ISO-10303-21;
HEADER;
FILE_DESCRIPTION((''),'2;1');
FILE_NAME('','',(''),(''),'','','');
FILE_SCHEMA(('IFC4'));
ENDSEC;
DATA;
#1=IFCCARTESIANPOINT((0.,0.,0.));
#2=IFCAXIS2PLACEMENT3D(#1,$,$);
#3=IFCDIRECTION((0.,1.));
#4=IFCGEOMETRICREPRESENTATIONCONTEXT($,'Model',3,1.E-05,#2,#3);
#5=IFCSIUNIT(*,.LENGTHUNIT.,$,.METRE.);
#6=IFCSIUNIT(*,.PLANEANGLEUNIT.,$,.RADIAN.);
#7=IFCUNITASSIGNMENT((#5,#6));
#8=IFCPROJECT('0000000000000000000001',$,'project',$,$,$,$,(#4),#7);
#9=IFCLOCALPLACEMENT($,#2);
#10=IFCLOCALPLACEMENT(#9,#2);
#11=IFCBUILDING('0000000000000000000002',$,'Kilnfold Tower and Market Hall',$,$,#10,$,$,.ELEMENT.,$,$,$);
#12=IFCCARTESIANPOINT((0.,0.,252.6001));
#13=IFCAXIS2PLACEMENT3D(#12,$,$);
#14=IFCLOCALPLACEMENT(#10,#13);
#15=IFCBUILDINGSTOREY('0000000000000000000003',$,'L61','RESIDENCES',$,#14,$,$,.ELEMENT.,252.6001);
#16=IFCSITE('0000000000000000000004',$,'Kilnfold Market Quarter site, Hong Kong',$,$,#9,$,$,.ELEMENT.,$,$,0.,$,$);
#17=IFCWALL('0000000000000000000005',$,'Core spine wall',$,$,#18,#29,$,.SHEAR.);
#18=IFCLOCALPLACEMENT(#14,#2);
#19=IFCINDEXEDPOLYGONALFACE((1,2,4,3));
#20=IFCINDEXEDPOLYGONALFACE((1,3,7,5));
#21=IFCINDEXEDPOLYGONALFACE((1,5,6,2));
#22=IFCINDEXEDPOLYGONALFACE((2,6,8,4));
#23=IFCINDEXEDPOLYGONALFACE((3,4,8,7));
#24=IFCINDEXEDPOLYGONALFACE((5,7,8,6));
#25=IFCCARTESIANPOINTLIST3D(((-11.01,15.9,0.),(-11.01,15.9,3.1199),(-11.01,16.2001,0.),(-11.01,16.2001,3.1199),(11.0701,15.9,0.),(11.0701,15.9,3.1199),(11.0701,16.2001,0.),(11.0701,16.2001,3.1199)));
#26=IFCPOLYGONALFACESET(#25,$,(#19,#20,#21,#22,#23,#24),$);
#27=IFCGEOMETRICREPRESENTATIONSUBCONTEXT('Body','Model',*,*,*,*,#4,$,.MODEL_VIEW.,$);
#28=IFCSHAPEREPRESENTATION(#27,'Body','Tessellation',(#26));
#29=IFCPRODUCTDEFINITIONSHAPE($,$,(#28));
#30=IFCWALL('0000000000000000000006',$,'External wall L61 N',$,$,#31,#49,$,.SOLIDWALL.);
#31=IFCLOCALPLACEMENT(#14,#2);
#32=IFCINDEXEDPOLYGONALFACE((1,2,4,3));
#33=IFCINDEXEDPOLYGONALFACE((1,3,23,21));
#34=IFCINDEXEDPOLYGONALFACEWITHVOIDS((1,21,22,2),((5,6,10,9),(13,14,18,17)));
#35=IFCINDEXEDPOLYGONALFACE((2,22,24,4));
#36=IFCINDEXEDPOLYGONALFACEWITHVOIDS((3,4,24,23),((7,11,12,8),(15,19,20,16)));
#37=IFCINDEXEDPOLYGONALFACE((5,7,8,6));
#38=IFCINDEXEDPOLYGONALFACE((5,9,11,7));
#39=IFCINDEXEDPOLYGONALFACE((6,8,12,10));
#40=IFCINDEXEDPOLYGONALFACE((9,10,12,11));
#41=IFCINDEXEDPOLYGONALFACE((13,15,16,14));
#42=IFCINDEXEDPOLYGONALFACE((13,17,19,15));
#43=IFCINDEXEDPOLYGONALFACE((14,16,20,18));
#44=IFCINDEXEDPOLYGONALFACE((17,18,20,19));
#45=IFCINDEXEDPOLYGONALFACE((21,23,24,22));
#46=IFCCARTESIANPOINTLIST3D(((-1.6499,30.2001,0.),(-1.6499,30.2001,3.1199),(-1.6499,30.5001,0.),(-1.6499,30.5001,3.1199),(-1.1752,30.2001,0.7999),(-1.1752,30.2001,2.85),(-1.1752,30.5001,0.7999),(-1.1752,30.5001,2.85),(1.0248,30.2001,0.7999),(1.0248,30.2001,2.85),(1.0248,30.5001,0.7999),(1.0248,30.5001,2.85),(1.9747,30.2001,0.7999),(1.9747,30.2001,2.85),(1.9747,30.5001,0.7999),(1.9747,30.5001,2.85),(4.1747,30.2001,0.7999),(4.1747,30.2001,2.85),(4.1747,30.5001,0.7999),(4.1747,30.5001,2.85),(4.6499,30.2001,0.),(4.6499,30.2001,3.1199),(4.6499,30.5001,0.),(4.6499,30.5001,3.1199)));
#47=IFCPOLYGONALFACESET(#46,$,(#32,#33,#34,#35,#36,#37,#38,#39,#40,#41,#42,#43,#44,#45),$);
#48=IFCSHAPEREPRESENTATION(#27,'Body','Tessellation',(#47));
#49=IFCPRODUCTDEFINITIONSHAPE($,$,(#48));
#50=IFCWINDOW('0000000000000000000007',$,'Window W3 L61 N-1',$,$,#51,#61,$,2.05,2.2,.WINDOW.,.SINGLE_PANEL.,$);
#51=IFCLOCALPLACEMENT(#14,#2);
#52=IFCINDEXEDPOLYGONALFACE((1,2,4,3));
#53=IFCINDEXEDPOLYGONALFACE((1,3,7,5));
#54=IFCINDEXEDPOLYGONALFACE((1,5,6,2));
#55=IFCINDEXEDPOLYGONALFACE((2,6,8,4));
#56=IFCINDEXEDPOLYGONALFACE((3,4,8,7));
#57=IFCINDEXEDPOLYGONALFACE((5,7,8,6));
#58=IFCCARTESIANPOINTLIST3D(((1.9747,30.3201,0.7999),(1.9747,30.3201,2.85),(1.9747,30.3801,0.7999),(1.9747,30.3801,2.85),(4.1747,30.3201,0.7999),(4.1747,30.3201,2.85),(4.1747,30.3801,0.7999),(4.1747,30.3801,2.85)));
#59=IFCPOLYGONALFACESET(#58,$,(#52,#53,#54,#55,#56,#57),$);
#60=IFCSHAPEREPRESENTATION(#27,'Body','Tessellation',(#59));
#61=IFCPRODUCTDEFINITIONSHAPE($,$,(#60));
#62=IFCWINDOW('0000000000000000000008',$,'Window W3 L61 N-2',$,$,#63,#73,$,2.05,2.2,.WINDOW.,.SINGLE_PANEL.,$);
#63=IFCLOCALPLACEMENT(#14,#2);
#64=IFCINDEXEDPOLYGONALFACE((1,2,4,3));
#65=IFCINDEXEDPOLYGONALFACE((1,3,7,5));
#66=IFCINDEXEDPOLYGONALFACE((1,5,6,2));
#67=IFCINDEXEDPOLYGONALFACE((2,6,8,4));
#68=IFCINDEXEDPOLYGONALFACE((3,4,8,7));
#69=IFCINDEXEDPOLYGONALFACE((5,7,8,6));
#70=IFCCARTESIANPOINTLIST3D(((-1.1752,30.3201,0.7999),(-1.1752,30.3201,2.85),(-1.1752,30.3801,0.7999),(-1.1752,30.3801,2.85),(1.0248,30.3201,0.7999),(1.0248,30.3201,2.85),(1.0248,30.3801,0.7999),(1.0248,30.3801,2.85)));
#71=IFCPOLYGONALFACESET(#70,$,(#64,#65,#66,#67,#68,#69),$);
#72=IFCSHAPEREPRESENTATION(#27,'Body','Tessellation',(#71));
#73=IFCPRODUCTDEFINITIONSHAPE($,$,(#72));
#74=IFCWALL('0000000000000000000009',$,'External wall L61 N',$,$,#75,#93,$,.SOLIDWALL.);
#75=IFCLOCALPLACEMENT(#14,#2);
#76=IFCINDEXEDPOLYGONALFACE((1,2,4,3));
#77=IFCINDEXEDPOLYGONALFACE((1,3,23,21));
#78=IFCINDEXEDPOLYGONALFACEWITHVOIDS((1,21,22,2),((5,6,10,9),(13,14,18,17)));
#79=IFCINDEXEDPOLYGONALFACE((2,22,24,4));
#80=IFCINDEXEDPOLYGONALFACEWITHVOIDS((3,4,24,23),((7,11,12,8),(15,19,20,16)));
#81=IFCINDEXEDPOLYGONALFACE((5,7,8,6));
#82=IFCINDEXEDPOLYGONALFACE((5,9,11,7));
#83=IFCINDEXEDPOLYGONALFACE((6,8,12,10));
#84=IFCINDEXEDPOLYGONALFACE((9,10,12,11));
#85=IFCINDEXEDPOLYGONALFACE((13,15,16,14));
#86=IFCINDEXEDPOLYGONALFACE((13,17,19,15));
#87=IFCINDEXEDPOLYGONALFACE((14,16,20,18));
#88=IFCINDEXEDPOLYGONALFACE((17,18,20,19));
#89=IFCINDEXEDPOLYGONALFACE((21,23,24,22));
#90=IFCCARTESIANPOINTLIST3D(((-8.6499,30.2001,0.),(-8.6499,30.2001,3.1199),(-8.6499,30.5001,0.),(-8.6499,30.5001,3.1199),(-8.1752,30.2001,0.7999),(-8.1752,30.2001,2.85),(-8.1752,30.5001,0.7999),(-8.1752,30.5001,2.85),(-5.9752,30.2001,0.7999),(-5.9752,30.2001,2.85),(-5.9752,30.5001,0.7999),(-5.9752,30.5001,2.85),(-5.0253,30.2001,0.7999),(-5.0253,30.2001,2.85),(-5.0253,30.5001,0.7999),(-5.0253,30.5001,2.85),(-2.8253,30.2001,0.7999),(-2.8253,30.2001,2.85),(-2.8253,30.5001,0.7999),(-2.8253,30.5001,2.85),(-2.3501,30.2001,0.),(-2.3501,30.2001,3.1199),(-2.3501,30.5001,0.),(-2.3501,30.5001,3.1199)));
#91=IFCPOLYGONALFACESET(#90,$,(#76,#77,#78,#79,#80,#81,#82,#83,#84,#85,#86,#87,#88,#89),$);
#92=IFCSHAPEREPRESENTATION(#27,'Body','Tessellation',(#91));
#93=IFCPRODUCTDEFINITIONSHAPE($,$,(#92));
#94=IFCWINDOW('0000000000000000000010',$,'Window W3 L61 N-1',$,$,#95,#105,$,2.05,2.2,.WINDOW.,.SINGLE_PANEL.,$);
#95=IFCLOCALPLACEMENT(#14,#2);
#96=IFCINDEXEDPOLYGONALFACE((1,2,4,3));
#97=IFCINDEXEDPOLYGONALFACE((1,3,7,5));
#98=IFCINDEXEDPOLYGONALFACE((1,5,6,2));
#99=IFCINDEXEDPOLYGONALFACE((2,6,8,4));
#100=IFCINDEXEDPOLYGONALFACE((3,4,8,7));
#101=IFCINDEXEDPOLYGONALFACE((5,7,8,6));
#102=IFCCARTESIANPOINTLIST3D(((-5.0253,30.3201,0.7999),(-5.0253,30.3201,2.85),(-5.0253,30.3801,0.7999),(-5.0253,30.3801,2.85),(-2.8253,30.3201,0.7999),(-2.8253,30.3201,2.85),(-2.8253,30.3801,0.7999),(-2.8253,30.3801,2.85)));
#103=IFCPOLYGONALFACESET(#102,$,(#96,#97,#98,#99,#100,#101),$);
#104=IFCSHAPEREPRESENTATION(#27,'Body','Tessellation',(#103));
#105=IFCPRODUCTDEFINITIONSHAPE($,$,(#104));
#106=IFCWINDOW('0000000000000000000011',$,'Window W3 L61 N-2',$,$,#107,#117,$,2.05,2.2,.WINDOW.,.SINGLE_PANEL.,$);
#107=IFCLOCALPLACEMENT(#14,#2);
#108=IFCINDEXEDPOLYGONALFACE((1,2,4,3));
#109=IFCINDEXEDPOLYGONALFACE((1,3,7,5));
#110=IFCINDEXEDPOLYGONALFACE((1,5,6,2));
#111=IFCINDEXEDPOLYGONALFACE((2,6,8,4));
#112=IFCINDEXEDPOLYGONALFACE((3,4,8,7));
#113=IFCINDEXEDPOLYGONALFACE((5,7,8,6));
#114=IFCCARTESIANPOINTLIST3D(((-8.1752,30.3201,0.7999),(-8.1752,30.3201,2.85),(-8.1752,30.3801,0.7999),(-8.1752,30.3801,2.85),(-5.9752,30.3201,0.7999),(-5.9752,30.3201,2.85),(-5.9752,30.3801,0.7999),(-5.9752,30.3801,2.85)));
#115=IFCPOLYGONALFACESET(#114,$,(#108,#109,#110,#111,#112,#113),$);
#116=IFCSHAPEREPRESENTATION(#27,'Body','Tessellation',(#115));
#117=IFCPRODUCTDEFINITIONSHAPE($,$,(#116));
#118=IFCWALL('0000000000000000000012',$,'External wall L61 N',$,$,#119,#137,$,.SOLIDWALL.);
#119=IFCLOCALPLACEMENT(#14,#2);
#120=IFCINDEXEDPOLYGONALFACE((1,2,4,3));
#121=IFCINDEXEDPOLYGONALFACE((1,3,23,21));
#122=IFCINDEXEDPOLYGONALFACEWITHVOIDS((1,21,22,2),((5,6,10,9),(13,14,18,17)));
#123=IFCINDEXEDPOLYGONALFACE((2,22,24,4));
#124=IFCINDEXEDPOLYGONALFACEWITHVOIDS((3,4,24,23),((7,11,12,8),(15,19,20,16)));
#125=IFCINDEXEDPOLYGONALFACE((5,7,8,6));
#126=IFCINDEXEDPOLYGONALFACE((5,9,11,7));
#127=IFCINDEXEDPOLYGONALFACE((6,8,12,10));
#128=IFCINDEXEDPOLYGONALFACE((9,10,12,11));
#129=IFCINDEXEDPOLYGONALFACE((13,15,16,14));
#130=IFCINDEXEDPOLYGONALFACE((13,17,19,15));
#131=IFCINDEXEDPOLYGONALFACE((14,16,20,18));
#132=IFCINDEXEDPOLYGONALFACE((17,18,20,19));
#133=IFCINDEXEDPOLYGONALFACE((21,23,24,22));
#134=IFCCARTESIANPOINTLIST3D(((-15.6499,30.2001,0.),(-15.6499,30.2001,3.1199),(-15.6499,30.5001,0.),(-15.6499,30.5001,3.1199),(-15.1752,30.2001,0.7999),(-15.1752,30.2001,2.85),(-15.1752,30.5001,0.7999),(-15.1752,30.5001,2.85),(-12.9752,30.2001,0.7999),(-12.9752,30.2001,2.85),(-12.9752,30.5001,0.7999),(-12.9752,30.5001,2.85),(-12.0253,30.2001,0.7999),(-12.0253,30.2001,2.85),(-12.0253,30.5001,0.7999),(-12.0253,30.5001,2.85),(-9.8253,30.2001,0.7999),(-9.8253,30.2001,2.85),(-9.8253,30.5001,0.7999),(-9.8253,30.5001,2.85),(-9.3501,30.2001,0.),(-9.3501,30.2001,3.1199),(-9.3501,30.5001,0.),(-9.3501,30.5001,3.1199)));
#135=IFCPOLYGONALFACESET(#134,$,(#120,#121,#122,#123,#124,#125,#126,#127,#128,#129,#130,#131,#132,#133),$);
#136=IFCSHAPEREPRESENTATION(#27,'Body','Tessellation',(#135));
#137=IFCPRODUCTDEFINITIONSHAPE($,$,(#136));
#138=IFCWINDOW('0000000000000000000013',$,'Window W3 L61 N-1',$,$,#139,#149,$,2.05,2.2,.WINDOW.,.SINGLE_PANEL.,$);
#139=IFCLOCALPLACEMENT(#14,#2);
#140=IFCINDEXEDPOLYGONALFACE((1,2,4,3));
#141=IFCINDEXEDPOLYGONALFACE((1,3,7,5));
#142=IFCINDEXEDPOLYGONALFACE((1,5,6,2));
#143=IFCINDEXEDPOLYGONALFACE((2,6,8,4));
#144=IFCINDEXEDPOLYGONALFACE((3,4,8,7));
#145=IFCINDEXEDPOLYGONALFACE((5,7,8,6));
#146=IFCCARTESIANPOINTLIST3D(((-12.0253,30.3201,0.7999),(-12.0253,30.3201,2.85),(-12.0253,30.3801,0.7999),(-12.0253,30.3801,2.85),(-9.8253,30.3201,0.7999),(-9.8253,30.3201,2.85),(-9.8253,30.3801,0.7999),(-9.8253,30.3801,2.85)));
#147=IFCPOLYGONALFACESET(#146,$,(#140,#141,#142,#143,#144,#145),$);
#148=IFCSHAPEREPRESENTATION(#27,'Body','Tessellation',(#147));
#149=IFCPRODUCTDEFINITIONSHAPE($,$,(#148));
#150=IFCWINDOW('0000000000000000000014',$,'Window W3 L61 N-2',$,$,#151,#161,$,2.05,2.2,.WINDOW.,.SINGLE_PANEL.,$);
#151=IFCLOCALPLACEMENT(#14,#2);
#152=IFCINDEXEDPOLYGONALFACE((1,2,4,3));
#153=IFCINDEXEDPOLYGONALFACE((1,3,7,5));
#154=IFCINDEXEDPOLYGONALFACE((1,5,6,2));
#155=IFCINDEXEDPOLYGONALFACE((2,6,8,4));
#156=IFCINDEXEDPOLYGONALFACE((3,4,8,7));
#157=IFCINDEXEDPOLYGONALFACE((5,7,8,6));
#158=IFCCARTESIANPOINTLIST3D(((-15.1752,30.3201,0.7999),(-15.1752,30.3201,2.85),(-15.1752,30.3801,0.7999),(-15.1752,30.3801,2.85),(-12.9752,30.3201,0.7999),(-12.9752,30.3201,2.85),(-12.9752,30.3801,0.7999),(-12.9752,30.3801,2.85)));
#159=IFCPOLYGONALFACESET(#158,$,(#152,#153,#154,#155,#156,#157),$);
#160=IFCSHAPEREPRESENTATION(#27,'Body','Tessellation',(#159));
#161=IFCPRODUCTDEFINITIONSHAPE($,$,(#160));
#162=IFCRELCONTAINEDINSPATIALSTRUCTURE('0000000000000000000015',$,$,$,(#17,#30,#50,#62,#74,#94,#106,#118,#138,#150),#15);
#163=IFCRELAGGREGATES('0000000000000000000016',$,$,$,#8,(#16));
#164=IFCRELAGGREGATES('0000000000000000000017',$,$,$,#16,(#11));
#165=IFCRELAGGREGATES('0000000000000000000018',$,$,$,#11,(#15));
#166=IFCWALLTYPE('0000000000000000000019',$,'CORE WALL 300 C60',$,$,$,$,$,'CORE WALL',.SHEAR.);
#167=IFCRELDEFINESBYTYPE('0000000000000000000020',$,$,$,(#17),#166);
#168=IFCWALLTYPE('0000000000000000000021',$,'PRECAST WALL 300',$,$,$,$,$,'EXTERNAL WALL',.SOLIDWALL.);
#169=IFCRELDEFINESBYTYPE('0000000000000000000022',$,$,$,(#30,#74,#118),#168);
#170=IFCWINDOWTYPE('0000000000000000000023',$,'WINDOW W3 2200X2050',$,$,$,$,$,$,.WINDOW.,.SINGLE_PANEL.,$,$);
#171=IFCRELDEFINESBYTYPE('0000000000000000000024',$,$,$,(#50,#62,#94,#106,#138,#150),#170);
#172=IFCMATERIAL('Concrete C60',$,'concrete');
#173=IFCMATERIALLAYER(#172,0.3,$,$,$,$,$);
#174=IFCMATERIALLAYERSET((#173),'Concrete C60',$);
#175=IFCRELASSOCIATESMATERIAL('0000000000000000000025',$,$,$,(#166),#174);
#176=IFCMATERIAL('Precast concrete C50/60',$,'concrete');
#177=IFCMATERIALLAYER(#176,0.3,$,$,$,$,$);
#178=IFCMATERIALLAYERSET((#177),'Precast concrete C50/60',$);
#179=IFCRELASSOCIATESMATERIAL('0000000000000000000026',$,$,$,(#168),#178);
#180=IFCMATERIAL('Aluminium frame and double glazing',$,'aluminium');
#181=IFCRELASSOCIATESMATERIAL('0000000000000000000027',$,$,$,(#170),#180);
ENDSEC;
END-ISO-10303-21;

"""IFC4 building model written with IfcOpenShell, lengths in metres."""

from ifc_helpers import new_model, si_unit, direction, frame, frame_2d, origin, place, context, subcontext, project, spatial, rectangle, extrude, source, transform, mapped, material, layer, layer_set, type_object, element, fill, save


model = new_model("IFC4")

# Units and contexts
model_context = context("Model", 3, precision=1e-05, world=origin(), true_north=direction((0.0, 1.0)))
body_context = subcontext(model_context, "Body", "Model", "MODEL_VIEW")
ifc_project = project(units=[si_unit("LENGTHUNIT", "METRE"), si_unit("PLANEANGLEUNIT", "RADIAN")], contexts=[model_context])

# Site, building, storey
site_placement = place(None, origin())
site = spatial("IfcSite", under=ifc_project, at=site_placement, Name="Kilnfold Market Quarter site, Hong Kong", CompositionType="ELEMENT", RefElevation=0.0)
building_placement = place(site_placement, origin())
building = spatial("IfcBuilding", under=site, at=building_placement, Name="Kilnfold Tower and Market Hall", CompositionType="ELEMENT")
storey_placement = place(building_placement, frame((0.0, 0.0, 252.6001)))
storey = spatial("IfcBuildingStorey", under=building, at=storey_placement, Name="L61", Description="RESIDENCES", CompositionType="ELEMENT", Elevation=252.6001)

# Wall
ifc_material_1 = material(Name="Concrete C60", Category="concrete")
ifc_layer_1 = layer(ifc_material_1, 0.3)
ifc_layer_set_1 = layer_set([ifc_layer_1], Name="Concrete C60")
wall_type_1 = type_object("IfcWallType", Name="CORE WALL 300 C60", ElementType="CORE WALL", PredefinedType="SHEAR", material=ifc_layer_set_1)
shared_shape_1 = source(origin(), body_context, "Body", "SweptSolid", [
    extrude(rectangle(XDim=22.0801, YDim=0.3, at=frame_2d((11.04, 0.0))), origin(), (0.0, 0.0, 1.0), 3.1199),
])
wall_1_placement = place(storey_placement, frame((-11.01, 16.05, 0.0), z_axis=(0.0, 0.0, 1.0), x_axis=(1.0, 0.0, 0.0)))
element("IfcWall", 1, at=wall_1_placement, inside=storey, type_object=wall_type_1, Name="Core spine wall", PredefinedType="SHEAR", context=body_context, shape_type="MappedRepresentation", body=[
    mapped(shared_shape_1, transform((0.0, 0.0, 0.0))),
])

# Walls, openings, windows
ifc_material_2 = material(Name="Precast concrete C50/60", Category="concrete")
ifc_layer_2 = layer(ifc_material_2, 0.3)
ifc_layer_set_2 = layer_set([ifc_layer_2], Name="Precast concrete C50/60")
wall_type_2 = type_object("IfcWallType", Name="PRECAST WALL 300", ElementType="EXTERNAL WALL", PredefinedType="SOLIDWALL", material=ifc_layer_set_2)
shared_shape_2 = source(origin(), body_context, "Body", "SweptSolid", [
    extrude(rectangle(XDim=6.2998, YDim=0.3, at=frame_2d((3.1499, 0.0))), origin(), (0.0, 0.0, 1.0), 3.1199),
])
wall_2_placement = place(storey_placement, frame((4.6499, 30.3501, 0.0), z_axis=(0.0, 0.0, 1.0), x_axis=(-1.0, 0.0, 0.0)))
wall_2 = element("IfcWall", 2, at=wall_2_placement, inside=storey, type_object=wall_type_2, Name="External wall L61 N", PredefinedType="SOLIDWALL", context=body_context, shape_type="MappedRepresentation", body=[
    mapped(shared_shape_2, transform((0.0, 0.0, 0.0))),
])
opening_1_placement = place(wall_2_placement, frame((0.4751, 0.0, 0.8)))
opening_1 = element("IfcOpeningElement", 3, at=opening_1_placement, cuts=wall_2, PredefinedType="OPENING", context=body_context, shape_type="SweptSolid", body=[
    extrude(rectangle(XDim=2.2, YDim=2.05, at=frame_2d((1.1001, 1.0249))), frame((0.0, 0.1602, 0.0), z_axis=(0.0, -1.0, 0.0), x_axis=(1.0, 0.0, 0.0)), (0.0, 0.0, 1.0), 0.3201),
])
opening_2_placement = place(wall_2_placement, frame((3.625, 0.0, 0.8)))
opening_2 = element("IfcOpeningElement", 4, at=opening_2_placement, cuts=wall_2, PredefinedType="OPENING", context=body_context, shape_type="SweptSolid", body=[
    extrude(rectangle(XDim=2.2, YDim=2.05, at=frame_2d((1.1001, 1.0249))), frame((0.0, 0.1602, 0.0), z_axis=(0.0, -1.0, 0.0), x_axis=(1.0, 0.0, 0.0)), (0.0, 0.0, 1.0), 0.3201),
])
ifc_material_3 = material(Name="Aluminium frame and double glazing", Category="aluminium")
window_type = type_object("IfcWindowType", Name="WINDOW W3 2200X2050", PartitioningType="SINGLE_PANEL", PredefinedType="WINDOW", material=ifc_material_3)
window_1_placement = place(opening_1_placement, origin())
window_1 = element("IfcWindow", 5, at=window_1_placement, inside=storey, type_object=window_type, Name="Window W3 L61 N-1", OverallHeight=2.05, OverallWidth=2.2, PartitioningType="SINGLE_PANEL", PredefinedType="WINDOW", context=body_context, shape_type="SweptSolid", body=[
    extrude(rectangle(XDim=2.2, YDim=2.05, at=frame_2d((1.1001, 1.0249))), frame((0.0, 0.03, 0.0), z_axis=(0.0, -1.0, 0.0), x_axis=(1.0, 0.0, 0.0)), (0.0, 0.0, 1.0), 0.0601),
])
fill(opening_1, window_1)
window_2_placement = place(opening_2_placement, origin())
window_2 = element("IfcWindow", 6, at=window_2_placement, inside=storey, type_object=window_type, Name="Window W3 L61 N-2", OverallHeight=2.05, OverallWidth=2.2, PartitioningType="SINGLE_PANEL", PredefinedType="WINDOW", context=body_context, shape_type="SweptSolid", body=[
    extrude(rectangle(XDim=2.2, YDim=2.05, at=frame_2d((1.1001, 1.0249))), frame((0.0, 0.03, 0.0), z_axis=(0.0, -1.0, 0.0), x_axis=(1.0, 0.0, 0.0)), (0.0, 0.0, 1.0), 0.0601),
])
fill(opening_2, window_2)
wall_3_placement = place(storey_placement, frame((-2.3501, 30.3501, 0.0), z_axis=(0.0, 0.0, 1.0), x_axis=(-1.0, 0.0, 0.0)))
wall_3 = element("IfcWall", 7, at=wall_3_placement, inside=storey, type_object=wall_type_2, Name="External wall L61 N", PredefinedType="SOLIDWALL", context=body_context, shape_type="MappedRepresentation", body=[
    mapped(shared_shape_2, transform((0.0, 0.0, 0.0))),
])
opening_3_placement = place(wall_3_placement, frame((0.4751, 0.0, 0.8)))
opening_3 = element("IfcOpeningElement", 8, at=opening_3_placement, cuts=wall_3, PredefinedType="OPENING", context=body_context, shape_type="SweptSolid", body=[
    extrude(rectangle(XDim=2.2, YDim=2.05, at=frame_2d((1.1001, 1.0249))), frame((0.0, 0.1602, 0.0), z_axis=(0.0, -1.0, 0.0), x_axis=(1.0, 0.0, 0.0)), (0.0, 0.0, 1.0), 0.3201),
])
opening_4_placement = place(wall_3_placement, frame((3.625, 0.0, 0.8)))
opening_4 = element("IfcOpeningElement", 9, at=opening_4_placement, cuts=wall_3, PredefinedType="OPENING", context=body_context, shape_type="SweptSolid", body=[
    extrude(rectangle(XDim=2.2, YDim=2.05, at=frame_2d((1.1001, 1.0249))), frame((0.0, 0.1602, 0.0), z_axis=(0.0, -1.0, 0.0), x_axis=(1.0, 0.0, 0.0)), (0.0, 0.0, 1.0), 0.3201),
])
window_3_placement = place(opening_3_placement, origin())
window_3 = element("IfcWindow", 10, at=window_3_placement, inside=storey, type_object=window_type, Name="Window W3 L61 N-1", OverallHeight=2.05, OverallWidth=2.2, PartitioningType="SINGLE_PANEL", PredefinedType="WINDOW", context=body_context, shape_type="SweptSolid", body=[
    extrude(rectangle(XDim=2.2, YDim=2.05, at=frame_2d((1.1001, 1.0249))), frame((0.0, 0.03, 0.0), z_axis=(0.0, -1.0, 0.0), x_axis=(1.0, 0.0, 0.0)), (0.0, 0.0, 1.0), 0.0601),
])
fill(opening_3, window_3)
window_4_placement = place(opening_4_placement, origin())
window_4 = element("IfcWindow", 11, at=window_4_placement, inside=storey, type_object=window_type, Name="Window W3 L61 N-2", OverallHeight=2.05, OverallWidth=2.2, PartitioningType="SINGLE_PANEL", PredefinedType="WINDOW", context=body_context, shape_type="SweptSolid", body=[
    extrude(rectangle(XDim=2.2, YDim=2.05, at=frame_2d((1.1001, 1.0249))), frame((0.0, 0.03, 0.0), z_axis=(0.0, -1.0, 0.0), x_axis=(1.0, 0.0, 0.0)), (0.0, 0.0, 1.0), 0.0601),
])
fill(opening_4, window_4)
wall_4_placement = place(storey_placement, frame((-9.3501, 30.3501, 0.0), z_axis=(0.0, 0.0, 1.0), x_axis=(-1.0, 0.0, 0.0)))
wall_4 = element("IfcWall", 12, at=wall_4_placement, inside=storey, type_object=wall_type_2, Name="External wall L61 N", PredefinedType="SOLIDWALL", context=body_context, shape_type="MappedRepresentation", body=[
    mapped(shared_shape_2, transform((0.0, 0.0, 0.0))),
])
opening_5_placement = place(wall_4_placement, frame((0.4751, 0.0, 0.8)))
opening_5 = element("IfcOpeningElement", 13, at=opening_5_placement, cuts=wall_4, PredefinedType="OPENING", context=body_context, shape_type="SweptSolid", body=[
    extrude(rectangle(XDim=2.2, YDim=2.05, at=frame_2d((1.1001, 1.0249))), frame((0.0, 0.1602, 0.0), z_axis=(0.0, -1.0, 0.0), x_axis=(1.0, 0.0, 0.0)), (0.0, 0.0, 1.0), 0.3201),
])
opening_6_placement = place(wall_4_placement, frame((3.625, 0.0, 0.8)))
opening_6 = element("IfcOpeningElement", 14, at=opening_6_placement, cuts=wall_4, PredefinedType="OPENING", context=body_context, shape_type="SweptSolid", body=[
    extrude(rectangle(XDim=2.2, YDim=2.05, at=frame_2d((1.1001, 1.0249))), frame((0.0, 0.1602, 0.0), z_axis=(0.0, -1.0, 0.0), x_axis=(1.0, 0.0, 0.0)), (0.0, 0.0, 1.0), 0.3201),
])
window_5_placement = place(opening_5_placement, origin())
window_5 = element("IfcWindow", 15, at=window_5_placement, inside=storey, type_object=window_type, Name="Window W3 L61 N-1", OverallHeight=2.05, OverallWidth=2.2, PartitioningType="SINGLE_PANEL", PredefinedType="WINDOW", context=body_context, shape_type="SweptSolid", body=[
    extrude(rectangle(XDim=2.2, YDim=2.05, at=frame_2d((1.1001, 1.0249))), frame((0.0, 0.03, 0.0), z_axis=(0.0, -1.0, 0.0), x_axis=(1.0, 0.0, 0.0)), (0.0, 0.0, 1.0), 0.0601),
])
fill(opening_5, window_5)
window_6_placement = place(opening_6_placement, origin())
window_6 = element("IfcWindow", 16, at=window_6_placement, inside=storey, type_object=window_type, Name="Window W3 L61 N-2", OverallHeight=2.05, OverallWidth=2.2, PartitioningType="SINGLE_PANEL", PredefinedType="WINDOW", context=body_context, shape_type="SweptSolid", body=[
    extrude(rectangle(XDim=2.2, YDim=2.05, at=frame_2d((1.1001, 1.0249))), frame((0.0, 0.03, 0.0), z_axis=(0.0, -1.0, 0.0), x_axis=(1.0, 0.0, 0.0)), (0.0, 0.0, 1.0), 0.0601),
])
fill(opening_6, window_6)

save(model, "model.ifc")
